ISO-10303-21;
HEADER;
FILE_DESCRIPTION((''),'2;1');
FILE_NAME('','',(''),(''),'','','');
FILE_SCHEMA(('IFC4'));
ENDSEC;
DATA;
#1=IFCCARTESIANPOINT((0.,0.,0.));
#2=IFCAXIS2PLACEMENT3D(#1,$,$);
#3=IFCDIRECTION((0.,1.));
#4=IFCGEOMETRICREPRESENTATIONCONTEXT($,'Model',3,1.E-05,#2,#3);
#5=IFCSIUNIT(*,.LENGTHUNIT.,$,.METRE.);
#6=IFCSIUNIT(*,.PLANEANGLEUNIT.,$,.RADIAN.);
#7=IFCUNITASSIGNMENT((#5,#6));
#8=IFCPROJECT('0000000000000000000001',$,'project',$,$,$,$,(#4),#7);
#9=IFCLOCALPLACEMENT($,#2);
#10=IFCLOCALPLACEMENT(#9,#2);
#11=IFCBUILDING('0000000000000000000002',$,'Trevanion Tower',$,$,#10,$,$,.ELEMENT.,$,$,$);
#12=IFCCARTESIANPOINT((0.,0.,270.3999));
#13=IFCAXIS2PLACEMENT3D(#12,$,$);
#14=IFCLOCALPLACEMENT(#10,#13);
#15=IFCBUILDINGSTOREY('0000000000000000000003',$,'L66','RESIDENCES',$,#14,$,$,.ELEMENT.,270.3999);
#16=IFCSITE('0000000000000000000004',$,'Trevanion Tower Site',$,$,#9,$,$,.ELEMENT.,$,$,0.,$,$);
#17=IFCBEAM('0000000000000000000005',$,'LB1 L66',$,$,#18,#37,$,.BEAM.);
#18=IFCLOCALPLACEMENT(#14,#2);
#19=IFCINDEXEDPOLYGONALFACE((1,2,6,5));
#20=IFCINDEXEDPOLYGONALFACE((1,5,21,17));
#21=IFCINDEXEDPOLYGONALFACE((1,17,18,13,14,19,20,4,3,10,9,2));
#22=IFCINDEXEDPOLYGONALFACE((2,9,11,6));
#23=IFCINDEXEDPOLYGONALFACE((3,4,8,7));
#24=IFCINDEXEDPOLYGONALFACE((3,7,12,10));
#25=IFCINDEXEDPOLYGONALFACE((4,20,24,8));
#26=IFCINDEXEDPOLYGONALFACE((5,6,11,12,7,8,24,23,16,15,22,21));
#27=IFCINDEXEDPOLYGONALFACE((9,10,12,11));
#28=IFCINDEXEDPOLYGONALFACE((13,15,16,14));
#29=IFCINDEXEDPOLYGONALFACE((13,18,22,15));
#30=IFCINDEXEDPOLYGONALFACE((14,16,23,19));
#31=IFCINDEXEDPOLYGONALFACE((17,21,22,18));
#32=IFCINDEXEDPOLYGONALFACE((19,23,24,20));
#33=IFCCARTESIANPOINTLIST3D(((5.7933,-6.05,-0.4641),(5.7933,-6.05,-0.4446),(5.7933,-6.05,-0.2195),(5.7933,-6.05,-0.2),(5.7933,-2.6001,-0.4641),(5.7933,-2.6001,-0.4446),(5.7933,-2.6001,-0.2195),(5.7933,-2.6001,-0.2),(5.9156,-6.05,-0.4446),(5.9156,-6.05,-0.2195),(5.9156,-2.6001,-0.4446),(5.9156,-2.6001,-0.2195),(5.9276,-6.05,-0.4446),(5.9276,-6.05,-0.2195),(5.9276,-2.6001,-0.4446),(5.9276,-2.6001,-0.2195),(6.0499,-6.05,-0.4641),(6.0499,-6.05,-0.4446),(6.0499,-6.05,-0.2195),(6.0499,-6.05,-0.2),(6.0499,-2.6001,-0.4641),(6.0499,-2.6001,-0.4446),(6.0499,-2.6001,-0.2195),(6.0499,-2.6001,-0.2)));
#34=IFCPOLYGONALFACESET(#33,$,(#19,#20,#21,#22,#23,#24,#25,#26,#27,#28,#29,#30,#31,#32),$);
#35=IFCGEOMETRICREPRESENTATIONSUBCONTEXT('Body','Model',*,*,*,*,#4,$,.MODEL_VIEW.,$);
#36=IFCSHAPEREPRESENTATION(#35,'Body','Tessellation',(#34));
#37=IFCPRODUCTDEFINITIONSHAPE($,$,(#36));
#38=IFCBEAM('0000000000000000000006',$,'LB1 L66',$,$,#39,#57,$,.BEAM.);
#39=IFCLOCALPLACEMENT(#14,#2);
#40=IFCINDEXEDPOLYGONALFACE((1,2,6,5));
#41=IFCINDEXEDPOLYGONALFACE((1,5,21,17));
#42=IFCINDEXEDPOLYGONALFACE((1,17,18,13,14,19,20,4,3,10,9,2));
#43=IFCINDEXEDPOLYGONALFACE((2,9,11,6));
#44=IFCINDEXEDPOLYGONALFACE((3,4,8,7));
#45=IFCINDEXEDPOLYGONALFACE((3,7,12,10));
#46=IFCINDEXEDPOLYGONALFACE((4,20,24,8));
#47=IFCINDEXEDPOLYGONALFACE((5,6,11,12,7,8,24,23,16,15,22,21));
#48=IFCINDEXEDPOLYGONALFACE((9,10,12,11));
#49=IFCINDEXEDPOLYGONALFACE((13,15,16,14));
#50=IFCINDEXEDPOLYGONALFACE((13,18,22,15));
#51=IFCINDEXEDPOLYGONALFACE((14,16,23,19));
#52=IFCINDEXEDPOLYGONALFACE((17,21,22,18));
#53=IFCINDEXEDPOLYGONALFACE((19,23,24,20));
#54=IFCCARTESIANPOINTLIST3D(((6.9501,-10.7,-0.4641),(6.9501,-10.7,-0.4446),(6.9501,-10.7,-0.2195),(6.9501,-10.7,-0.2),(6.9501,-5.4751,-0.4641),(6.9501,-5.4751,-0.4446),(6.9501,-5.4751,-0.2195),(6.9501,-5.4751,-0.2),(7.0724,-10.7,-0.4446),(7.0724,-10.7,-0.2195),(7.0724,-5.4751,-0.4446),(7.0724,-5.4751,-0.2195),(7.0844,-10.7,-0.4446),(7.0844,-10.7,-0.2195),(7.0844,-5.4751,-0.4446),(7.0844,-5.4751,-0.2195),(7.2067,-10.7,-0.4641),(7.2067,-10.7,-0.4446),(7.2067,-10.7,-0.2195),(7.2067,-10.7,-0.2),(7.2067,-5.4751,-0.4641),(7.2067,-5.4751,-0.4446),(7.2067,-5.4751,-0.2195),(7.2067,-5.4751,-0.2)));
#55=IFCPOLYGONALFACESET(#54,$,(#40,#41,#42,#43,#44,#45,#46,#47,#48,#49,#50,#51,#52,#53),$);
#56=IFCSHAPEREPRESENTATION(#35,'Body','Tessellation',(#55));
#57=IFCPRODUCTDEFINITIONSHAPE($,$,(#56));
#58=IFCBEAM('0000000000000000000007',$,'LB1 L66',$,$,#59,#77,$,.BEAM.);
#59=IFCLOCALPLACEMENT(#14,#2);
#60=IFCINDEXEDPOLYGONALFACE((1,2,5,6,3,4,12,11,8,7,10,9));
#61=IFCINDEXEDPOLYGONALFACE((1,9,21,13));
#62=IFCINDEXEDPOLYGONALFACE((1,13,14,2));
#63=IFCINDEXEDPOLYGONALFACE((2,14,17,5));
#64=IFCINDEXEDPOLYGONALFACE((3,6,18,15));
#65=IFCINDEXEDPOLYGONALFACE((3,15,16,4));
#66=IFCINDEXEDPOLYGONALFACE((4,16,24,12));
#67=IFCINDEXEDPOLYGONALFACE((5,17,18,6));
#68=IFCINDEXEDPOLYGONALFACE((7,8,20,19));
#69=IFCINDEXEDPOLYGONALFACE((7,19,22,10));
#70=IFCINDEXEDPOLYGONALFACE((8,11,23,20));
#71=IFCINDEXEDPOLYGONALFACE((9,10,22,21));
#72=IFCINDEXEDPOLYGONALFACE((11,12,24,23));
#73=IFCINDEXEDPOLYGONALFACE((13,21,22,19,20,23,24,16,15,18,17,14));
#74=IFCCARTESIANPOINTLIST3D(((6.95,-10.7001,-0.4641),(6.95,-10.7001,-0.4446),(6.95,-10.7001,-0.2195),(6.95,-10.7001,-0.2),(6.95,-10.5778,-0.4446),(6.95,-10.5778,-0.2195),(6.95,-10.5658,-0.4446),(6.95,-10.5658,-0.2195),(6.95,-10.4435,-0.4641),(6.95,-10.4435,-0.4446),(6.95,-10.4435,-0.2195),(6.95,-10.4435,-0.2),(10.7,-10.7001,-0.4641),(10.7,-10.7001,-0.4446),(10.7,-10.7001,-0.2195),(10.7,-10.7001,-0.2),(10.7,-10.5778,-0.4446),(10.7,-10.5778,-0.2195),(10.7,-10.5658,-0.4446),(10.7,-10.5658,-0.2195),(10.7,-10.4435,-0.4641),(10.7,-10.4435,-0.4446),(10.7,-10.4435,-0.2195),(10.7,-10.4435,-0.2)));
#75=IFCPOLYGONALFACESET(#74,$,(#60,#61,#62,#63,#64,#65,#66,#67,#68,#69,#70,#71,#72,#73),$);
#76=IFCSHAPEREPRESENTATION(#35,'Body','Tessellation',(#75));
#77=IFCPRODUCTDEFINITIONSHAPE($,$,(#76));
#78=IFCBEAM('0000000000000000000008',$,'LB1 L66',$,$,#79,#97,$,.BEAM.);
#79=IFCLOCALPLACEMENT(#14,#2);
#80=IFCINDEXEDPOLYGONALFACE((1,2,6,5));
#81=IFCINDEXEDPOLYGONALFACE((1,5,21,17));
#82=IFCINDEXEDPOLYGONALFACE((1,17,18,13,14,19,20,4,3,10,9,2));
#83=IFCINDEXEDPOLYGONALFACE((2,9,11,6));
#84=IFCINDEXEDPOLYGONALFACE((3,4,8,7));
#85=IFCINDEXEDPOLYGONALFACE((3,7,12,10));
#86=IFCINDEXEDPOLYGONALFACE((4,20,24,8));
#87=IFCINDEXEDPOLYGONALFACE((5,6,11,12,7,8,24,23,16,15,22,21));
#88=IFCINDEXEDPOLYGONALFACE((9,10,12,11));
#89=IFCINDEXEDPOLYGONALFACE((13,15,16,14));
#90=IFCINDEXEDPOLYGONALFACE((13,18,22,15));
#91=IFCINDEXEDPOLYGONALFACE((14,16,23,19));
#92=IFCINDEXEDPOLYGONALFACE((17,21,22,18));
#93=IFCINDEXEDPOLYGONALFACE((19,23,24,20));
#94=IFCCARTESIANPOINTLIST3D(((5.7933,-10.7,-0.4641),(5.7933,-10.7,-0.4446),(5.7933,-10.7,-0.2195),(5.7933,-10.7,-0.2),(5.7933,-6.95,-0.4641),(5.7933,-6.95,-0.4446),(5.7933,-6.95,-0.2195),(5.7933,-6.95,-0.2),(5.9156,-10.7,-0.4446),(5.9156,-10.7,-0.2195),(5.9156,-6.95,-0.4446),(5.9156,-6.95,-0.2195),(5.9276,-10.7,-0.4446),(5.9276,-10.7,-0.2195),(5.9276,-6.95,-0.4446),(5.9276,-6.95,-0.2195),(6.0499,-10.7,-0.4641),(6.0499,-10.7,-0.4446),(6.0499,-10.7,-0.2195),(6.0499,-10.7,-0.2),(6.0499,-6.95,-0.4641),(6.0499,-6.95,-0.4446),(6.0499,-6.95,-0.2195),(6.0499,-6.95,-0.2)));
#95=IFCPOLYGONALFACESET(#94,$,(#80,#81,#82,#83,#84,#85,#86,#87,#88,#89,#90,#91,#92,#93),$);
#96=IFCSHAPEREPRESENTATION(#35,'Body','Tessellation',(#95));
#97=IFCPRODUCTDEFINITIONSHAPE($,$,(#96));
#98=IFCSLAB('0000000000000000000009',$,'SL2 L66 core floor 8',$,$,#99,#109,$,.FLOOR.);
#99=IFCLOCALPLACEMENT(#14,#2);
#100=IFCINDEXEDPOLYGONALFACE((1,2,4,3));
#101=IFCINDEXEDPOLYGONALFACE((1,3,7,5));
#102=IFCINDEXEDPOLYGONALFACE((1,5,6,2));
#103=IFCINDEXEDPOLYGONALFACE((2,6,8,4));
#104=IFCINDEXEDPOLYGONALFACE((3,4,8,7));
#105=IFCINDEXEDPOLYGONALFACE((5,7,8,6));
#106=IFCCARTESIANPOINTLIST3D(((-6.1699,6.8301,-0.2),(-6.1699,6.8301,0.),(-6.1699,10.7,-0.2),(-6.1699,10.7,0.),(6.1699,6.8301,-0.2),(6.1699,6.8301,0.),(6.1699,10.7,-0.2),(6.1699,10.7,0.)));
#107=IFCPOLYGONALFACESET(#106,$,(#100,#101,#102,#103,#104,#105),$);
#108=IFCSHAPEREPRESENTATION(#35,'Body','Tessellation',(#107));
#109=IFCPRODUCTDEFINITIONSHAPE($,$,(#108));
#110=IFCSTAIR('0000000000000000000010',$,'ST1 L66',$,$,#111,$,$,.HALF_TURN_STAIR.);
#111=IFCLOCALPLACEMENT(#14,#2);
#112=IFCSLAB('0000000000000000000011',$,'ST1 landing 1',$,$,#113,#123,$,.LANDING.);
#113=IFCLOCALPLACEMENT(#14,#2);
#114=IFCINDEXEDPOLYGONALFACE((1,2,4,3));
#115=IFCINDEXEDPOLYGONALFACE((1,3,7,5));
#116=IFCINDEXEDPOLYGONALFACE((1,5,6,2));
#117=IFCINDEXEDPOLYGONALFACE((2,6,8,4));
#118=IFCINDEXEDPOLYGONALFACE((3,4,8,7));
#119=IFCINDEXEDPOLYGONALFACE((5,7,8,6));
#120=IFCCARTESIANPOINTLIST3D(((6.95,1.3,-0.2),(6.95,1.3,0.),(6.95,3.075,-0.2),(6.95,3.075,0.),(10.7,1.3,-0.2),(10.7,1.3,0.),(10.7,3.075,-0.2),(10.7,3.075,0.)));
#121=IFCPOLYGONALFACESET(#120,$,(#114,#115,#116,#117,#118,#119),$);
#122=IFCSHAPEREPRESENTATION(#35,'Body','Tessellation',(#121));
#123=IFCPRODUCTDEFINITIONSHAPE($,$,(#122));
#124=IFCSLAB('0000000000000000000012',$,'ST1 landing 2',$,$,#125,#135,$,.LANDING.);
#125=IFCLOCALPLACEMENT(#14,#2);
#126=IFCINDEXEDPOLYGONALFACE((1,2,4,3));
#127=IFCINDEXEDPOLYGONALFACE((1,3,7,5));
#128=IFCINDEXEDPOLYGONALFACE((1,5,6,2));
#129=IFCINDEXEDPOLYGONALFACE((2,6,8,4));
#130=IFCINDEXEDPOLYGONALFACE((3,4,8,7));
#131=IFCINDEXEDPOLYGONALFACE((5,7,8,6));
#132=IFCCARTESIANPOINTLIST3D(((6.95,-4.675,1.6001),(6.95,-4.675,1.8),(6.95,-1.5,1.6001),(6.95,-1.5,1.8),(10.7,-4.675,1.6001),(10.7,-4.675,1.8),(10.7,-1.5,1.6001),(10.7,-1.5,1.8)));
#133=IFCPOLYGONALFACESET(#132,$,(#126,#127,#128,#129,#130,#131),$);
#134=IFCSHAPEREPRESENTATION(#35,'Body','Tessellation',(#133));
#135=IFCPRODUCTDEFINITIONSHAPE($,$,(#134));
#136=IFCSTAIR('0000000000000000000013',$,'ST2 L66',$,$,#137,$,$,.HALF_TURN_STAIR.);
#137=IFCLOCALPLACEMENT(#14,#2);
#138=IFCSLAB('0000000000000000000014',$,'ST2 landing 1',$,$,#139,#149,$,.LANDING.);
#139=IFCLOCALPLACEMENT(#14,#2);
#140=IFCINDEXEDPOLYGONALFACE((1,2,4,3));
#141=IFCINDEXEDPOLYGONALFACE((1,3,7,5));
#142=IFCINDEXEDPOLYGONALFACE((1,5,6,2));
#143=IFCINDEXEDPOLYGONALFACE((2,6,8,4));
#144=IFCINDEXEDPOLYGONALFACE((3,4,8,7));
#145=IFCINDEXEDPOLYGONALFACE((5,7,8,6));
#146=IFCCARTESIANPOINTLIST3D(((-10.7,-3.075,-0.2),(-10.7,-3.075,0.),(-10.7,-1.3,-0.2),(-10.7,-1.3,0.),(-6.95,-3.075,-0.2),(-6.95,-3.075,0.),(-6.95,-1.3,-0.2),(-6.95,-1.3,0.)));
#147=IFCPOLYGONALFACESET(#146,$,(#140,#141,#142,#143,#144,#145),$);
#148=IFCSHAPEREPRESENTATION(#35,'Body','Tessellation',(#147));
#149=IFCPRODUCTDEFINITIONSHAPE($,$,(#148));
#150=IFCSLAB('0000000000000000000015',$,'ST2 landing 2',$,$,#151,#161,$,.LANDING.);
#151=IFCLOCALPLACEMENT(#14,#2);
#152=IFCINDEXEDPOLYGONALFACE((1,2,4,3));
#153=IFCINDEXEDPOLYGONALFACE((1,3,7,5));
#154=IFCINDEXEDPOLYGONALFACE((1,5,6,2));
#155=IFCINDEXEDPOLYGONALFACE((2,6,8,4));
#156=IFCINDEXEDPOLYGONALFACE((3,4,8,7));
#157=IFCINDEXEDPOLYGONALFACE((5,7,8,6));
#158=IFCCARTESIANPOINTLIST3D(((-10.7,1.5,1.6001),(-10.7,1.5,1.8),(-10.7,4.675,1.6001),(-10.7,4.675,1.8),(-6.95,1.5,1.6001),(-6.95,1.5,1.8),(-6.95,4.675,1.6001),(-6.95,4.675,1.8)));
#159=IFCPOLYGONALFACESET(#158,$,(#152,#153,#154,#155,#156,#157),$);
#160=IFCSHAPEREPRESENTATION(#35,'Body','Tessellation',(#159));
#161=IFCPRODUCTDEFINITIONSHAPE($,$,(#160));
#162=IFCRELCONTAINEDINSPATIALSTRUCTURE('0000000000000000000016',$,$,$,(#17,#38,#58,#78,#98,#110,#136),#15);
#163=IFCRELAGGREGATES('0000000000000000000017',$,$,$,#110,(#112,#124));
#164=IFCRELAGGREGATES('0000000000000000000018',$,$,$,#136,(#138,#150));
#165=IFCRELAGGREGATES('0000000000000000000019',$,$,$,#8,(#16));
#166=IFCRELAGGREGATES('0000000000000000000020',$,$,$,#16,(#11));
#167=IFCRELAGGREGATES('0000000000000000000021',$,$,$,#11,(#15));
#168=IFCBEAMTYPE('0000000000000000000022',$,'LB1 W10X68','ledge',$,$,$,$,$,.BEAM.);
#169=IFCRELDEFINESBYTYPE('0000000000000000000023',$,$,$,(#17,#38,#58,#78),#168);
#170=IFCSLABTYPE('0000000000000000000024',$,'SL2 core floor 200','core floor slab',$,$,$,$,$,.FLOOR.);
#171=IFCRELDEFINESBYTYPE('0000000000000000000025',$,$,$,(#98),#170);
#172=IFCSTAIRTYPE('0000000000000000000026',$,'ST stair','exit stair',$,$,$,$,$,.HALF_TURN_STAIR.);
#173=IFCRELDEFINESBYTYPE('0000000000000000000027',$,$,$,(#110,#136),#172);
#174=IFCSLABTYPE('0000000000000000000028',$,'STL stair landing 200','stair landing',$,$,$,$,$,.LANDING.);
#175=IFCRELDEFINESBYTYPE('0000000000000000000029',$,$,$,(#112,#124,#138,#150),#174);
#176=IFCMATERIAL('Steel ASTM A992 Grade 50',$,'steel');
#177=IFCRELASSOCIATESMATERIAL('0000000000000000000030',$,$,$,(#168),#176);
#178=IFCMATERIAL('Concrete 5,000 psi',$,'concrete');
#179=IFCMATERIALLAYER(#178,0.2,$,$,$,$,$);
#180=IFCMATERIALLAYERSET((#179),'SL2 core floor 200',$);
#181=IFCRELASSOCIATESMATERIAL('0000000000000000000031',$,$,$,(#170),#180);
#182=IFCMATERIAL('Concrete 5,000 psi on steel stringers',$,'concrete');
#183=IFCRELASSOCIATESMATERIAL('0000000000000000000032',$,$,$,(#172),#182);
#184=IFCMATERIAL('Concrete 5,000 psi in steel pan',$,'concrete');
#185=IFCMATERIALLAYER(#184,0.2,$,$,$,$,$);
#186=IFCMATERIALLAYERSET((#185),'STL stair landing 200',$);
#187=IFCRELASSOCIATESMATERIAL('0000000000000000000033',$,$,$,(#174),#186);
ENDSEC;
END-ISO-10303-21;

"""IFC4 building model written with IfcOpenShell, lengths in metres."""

from ifc_helpers import new_model, si_unit, direction, frame, origin, origin_2d, place, context, subcontext, project, spatial, polyline, i_section, outline, extrude, material, layer, layer_set, material_profile, profile_set, type_object, element, aggregate, save


model = new_model("IFC4")

# Units and contexts
model_context = context("Model", 3, precision=1e-05, world=origin(), true_north=direction((0.0, 1.0)))
body_context = subcontext(model_context, "Body", "Model", "MODEL_VIEW")
ifc_project = project(units=[si_unit("LENGTHUNIT", "METRE"), si_unit("PLANEANGLEUNIT", "RADIAN")], contexts=[model_context])

# Site, building, storey
site_placement = place(None, origin())
site = spatial("IfcSite", under=ifc_project, at=site_placement, Name="Trevanion Tower Site", CompositionType="ELEMENT", RefElevation=0.0)
building_placement = place(site_placement, origin())
building = spatial("IfcBuilding", under=site, at=building_placement, Name="Trevanion Tower", CompositionType="ELEMENT")
storey_placement = place(building_placement, frame((0.0, 0.0, 270.3999)))
storey = spatial("IfcBuildingStorey", under=building, at=storey_placement, Name="L66", Description="RESIDENCES", CompositionType="ELEMENT", Elevation=270.3999)

# Beams
ifc_material_1 = material(Name="Steel ASTM A992 Grade 50", Category="steel")
ifc_material_profile = material_profile(ifc_material_1, i_section(OverallWidth=0.2566, OverallDepth=0.2642, WebThickness=0.012, FlangeThickness=0.0195, at=origin_2d()), Name="W10X68")
ifc_profile_set = profile_set([ifc_material_profile], Name="Steel ASTM A992 Grade 50")
beam_type = type_object("IfcBeamType", Name="LB1 W10X68", Description="ledge", PredefinedType="BEAM", material=ifc_profile_set)
beam_1_placement = place(storey_placement, frame((5.9216, -6.05, -0.332), z_axis=(0.0, 1.0, 0.0), x_axis=(-1.0, 0.0, 0.0)))
element("IfcBeam", 1, at=beam_1_placement, inside=storey, type_object=beam_type, Name="LB1 L66", PredefinedType="BEAM", context=body_context, shape_type="SweptSolid", body=[
    extrude(i_section(OverallWidth=0.2566, OverallDepth=0.2642, WebThickness=0.012, FlangeThickness=0.0195, at=origin_2d()), origin(), (0.0, 0.0, 1.0), 3.45),
])
beam_2_placement = place(storey_placement, frame((7.0784, -10.7, -0.332), z_axis=(0.0, 1.0, 0.0), x_axis=(-1.0, 0.0, 0.0)))
element("IfcBeam", 2, at=beam_2_placement, inside=storey, type_object=beam_type, Name="LB1 L66", PredefinedType="BEAM", context=body_context, shape_type="SweptSolid", body=[
    extrude(i_section(OverallWidth=0.2566, OverallDepth=0.2642, WebThickness=0.012, FlangeThickness=0.0195, at=origin_2d()), origin(), (0.0, 0.0, 1.0), 5.2249),
])
for number, where, z_axis, x_axis, name in (
    (3, (6.95, -10.5718, -0.332), (1.0, 0.0, 0.0), (0.0, 1.0, 0.0), "LB1 L66"),
    (4, (5.9216, -10.7, -0.332), (0.0, 1.0, 0.0), (-1.0, 0.0, 0.0), "LB1 L66"),
):
    element("IfcBeam", number, at=place(storey_placement, frame(where, z_axis=z_axis, x_axis=x_axis)), inside=storey, type_object=beam_type, Name=name, PredefinedType="BEAM", context=body_context, shape_type="SweptSolid", body=[
        extrude(i_section(OverallWidth=0.2566, OverallDepth=0.2642, WebThickness=0.012, FlangeThickness=0.0195, at=origin_2d()), origin(), (0.0, 0.0, 1.0), 3.75),
    ])

# Slab
ifc_material_2 = material(Name="Concrete 5,000 psi", Category="concrete")
ifc_layer_1 = layer(ifc_material_2, 0.2)
ifc_layer_set_1 = layer_set([ifc_layer_1], Name="SL2 core floor 200")
slab_type_1 = type_object("IfcSlabType", Name="SL2 core floor 200", Description="core floor slab", PredefinedType="FLOOR", material=ifc_layer_set_1)
slab_1_placement = place(storey_placement, frame((0.0, 0.0, -0.2)))
element("IfcSlab", 5, at=slab_1_placement, inside=storey, type_object=slab_type_1, Name="SL2 L66 core floor 8", PredefinedType="FLOOR", context=body_context, shape_type="SweptSolid", body=[
    extrude(outline(polyline([(6.1699, 6.8301), (-6.1699, 6.8301), (-6.1699, 10.7), (6.1699, 10.7), (6.1699, 6.8301)])), origin(), (0.0, 0.0, 1.0), 0.2),
])

# Stairs, slabs
ifc_material_3 = material(Name="Concrete 5,000 psi on steel stringers", Category="concrete")
stair_type = type_object("IfcStairType", Name="ST stair", Description="exit stair", PredefinedType="HALF_TURN_STAIR", material=ifc_material_3)
stair_1_placement = place(storey_placement, origin())
stair_1 = element("IfcStair", 6, at=stair_1_placement, inside=storey, type_object=stair_type, Name="ST1 L66", PredefinedType="HALF_TURN_STAIR")
ifc_material_4 = material(Name="Concrete 5,000 psi in steel pan", Category="concrete")
ifc_layer_2 = layer(ifc_material_4, 0.2)
ifc_layer_set_2 = layer_set([ifc_layer_2], Name="STL stair landing 200")
slab_type_2 = type_object("IfcSlabType", Name="STL stair landing 200", Description="stair landing", PredefinedType="LANDING", material=ifc_layer_set_2)
slab_2_placement = place(storey_placement, frame((0.0, 0.0, -0.2)))
slab_2 = element("IfcSlab", 7, at=slab_2_placement, type_object=slab_type_2, Name="ST1 landing 1", PredefinedType="LANDING", context=body_context, shape_type="SweptSolid", body=[
    extrude(outline(polyline([(6.95, 1.3), (10.7, 1.3), (10.7, 3.075), (6.95, 3.075), (6.95, 1.3)])), origin(), (0.0, 0.0, 1.0), 0.2),
])
slab_3_placement = place(storey_placement, frame((0.0, 0.0, 1.6001)))
slab_3 = element("IfcSlab", 8, at=slab_3_placement, type_object=slab_type_2, Name="ST1 landing 2", PredefinedType="LANDING", context=body_context, shape_type="SweptSolid", body=[
    extrude(outline(polyline([(6.95, -4.675), (10.7, -4.675), (10.7, -1.5), (6.95, -1.5), (6.95, -4.675)])), origin(), (0.0, 0.0, 1.0), 0.2),
])
aggregate(stair_1, [slab_2, slab_3])
stair_2_placement = place(storey_placement, origin())
stair_2 = element("IfcStair", 9, at=stair_2_placement, inside=storey, type_object=stair_type, Name="ST2 L66", PredefinedType="HALF_TURN_STAIR")
slab_4_placement = place(storey_placement, frame((0.0, 0.0, -0.2)))
slab_4 = element("IfcSlab", 10, at=slab_4_placement, type_object=slab_type_2, Name="ST2 landing 1", PredefinedType="LANDING", context=body_context, shape_type="SweptSolid", body=[
    extrude(outline(polyline([(-6.95, -1.3), (-10.7, -1.3), (-10.7, -3.075), (-6.95, -3.075), (-6.95, -1.3)])), origin(), (0.0, 0.0, 1.0), 0.2),
])
slab_5_placement = place(storey_placement, frame((0.0, 0.0, 1.6001)))
slab_5 = element("IfcSlab", 11, at=slab_5_placement, type_object=slab_type_2, Name="ST2 landing 2", PredefinedType="LANDING", context=body_context, shape_type="SweptSolid", body=[
    extrude(outline(polyline([(-6.95, 4.675), (-10.7, 4.675), (-10.7, 1.5), (-6.95, 1.5), (-6.95, 4.675)])), origin(), (0.0, 0.0, 1.0), 0.2),
])
aggregate(stair_2, [slab_4, slab_5])

save(model, "model.ifc")
